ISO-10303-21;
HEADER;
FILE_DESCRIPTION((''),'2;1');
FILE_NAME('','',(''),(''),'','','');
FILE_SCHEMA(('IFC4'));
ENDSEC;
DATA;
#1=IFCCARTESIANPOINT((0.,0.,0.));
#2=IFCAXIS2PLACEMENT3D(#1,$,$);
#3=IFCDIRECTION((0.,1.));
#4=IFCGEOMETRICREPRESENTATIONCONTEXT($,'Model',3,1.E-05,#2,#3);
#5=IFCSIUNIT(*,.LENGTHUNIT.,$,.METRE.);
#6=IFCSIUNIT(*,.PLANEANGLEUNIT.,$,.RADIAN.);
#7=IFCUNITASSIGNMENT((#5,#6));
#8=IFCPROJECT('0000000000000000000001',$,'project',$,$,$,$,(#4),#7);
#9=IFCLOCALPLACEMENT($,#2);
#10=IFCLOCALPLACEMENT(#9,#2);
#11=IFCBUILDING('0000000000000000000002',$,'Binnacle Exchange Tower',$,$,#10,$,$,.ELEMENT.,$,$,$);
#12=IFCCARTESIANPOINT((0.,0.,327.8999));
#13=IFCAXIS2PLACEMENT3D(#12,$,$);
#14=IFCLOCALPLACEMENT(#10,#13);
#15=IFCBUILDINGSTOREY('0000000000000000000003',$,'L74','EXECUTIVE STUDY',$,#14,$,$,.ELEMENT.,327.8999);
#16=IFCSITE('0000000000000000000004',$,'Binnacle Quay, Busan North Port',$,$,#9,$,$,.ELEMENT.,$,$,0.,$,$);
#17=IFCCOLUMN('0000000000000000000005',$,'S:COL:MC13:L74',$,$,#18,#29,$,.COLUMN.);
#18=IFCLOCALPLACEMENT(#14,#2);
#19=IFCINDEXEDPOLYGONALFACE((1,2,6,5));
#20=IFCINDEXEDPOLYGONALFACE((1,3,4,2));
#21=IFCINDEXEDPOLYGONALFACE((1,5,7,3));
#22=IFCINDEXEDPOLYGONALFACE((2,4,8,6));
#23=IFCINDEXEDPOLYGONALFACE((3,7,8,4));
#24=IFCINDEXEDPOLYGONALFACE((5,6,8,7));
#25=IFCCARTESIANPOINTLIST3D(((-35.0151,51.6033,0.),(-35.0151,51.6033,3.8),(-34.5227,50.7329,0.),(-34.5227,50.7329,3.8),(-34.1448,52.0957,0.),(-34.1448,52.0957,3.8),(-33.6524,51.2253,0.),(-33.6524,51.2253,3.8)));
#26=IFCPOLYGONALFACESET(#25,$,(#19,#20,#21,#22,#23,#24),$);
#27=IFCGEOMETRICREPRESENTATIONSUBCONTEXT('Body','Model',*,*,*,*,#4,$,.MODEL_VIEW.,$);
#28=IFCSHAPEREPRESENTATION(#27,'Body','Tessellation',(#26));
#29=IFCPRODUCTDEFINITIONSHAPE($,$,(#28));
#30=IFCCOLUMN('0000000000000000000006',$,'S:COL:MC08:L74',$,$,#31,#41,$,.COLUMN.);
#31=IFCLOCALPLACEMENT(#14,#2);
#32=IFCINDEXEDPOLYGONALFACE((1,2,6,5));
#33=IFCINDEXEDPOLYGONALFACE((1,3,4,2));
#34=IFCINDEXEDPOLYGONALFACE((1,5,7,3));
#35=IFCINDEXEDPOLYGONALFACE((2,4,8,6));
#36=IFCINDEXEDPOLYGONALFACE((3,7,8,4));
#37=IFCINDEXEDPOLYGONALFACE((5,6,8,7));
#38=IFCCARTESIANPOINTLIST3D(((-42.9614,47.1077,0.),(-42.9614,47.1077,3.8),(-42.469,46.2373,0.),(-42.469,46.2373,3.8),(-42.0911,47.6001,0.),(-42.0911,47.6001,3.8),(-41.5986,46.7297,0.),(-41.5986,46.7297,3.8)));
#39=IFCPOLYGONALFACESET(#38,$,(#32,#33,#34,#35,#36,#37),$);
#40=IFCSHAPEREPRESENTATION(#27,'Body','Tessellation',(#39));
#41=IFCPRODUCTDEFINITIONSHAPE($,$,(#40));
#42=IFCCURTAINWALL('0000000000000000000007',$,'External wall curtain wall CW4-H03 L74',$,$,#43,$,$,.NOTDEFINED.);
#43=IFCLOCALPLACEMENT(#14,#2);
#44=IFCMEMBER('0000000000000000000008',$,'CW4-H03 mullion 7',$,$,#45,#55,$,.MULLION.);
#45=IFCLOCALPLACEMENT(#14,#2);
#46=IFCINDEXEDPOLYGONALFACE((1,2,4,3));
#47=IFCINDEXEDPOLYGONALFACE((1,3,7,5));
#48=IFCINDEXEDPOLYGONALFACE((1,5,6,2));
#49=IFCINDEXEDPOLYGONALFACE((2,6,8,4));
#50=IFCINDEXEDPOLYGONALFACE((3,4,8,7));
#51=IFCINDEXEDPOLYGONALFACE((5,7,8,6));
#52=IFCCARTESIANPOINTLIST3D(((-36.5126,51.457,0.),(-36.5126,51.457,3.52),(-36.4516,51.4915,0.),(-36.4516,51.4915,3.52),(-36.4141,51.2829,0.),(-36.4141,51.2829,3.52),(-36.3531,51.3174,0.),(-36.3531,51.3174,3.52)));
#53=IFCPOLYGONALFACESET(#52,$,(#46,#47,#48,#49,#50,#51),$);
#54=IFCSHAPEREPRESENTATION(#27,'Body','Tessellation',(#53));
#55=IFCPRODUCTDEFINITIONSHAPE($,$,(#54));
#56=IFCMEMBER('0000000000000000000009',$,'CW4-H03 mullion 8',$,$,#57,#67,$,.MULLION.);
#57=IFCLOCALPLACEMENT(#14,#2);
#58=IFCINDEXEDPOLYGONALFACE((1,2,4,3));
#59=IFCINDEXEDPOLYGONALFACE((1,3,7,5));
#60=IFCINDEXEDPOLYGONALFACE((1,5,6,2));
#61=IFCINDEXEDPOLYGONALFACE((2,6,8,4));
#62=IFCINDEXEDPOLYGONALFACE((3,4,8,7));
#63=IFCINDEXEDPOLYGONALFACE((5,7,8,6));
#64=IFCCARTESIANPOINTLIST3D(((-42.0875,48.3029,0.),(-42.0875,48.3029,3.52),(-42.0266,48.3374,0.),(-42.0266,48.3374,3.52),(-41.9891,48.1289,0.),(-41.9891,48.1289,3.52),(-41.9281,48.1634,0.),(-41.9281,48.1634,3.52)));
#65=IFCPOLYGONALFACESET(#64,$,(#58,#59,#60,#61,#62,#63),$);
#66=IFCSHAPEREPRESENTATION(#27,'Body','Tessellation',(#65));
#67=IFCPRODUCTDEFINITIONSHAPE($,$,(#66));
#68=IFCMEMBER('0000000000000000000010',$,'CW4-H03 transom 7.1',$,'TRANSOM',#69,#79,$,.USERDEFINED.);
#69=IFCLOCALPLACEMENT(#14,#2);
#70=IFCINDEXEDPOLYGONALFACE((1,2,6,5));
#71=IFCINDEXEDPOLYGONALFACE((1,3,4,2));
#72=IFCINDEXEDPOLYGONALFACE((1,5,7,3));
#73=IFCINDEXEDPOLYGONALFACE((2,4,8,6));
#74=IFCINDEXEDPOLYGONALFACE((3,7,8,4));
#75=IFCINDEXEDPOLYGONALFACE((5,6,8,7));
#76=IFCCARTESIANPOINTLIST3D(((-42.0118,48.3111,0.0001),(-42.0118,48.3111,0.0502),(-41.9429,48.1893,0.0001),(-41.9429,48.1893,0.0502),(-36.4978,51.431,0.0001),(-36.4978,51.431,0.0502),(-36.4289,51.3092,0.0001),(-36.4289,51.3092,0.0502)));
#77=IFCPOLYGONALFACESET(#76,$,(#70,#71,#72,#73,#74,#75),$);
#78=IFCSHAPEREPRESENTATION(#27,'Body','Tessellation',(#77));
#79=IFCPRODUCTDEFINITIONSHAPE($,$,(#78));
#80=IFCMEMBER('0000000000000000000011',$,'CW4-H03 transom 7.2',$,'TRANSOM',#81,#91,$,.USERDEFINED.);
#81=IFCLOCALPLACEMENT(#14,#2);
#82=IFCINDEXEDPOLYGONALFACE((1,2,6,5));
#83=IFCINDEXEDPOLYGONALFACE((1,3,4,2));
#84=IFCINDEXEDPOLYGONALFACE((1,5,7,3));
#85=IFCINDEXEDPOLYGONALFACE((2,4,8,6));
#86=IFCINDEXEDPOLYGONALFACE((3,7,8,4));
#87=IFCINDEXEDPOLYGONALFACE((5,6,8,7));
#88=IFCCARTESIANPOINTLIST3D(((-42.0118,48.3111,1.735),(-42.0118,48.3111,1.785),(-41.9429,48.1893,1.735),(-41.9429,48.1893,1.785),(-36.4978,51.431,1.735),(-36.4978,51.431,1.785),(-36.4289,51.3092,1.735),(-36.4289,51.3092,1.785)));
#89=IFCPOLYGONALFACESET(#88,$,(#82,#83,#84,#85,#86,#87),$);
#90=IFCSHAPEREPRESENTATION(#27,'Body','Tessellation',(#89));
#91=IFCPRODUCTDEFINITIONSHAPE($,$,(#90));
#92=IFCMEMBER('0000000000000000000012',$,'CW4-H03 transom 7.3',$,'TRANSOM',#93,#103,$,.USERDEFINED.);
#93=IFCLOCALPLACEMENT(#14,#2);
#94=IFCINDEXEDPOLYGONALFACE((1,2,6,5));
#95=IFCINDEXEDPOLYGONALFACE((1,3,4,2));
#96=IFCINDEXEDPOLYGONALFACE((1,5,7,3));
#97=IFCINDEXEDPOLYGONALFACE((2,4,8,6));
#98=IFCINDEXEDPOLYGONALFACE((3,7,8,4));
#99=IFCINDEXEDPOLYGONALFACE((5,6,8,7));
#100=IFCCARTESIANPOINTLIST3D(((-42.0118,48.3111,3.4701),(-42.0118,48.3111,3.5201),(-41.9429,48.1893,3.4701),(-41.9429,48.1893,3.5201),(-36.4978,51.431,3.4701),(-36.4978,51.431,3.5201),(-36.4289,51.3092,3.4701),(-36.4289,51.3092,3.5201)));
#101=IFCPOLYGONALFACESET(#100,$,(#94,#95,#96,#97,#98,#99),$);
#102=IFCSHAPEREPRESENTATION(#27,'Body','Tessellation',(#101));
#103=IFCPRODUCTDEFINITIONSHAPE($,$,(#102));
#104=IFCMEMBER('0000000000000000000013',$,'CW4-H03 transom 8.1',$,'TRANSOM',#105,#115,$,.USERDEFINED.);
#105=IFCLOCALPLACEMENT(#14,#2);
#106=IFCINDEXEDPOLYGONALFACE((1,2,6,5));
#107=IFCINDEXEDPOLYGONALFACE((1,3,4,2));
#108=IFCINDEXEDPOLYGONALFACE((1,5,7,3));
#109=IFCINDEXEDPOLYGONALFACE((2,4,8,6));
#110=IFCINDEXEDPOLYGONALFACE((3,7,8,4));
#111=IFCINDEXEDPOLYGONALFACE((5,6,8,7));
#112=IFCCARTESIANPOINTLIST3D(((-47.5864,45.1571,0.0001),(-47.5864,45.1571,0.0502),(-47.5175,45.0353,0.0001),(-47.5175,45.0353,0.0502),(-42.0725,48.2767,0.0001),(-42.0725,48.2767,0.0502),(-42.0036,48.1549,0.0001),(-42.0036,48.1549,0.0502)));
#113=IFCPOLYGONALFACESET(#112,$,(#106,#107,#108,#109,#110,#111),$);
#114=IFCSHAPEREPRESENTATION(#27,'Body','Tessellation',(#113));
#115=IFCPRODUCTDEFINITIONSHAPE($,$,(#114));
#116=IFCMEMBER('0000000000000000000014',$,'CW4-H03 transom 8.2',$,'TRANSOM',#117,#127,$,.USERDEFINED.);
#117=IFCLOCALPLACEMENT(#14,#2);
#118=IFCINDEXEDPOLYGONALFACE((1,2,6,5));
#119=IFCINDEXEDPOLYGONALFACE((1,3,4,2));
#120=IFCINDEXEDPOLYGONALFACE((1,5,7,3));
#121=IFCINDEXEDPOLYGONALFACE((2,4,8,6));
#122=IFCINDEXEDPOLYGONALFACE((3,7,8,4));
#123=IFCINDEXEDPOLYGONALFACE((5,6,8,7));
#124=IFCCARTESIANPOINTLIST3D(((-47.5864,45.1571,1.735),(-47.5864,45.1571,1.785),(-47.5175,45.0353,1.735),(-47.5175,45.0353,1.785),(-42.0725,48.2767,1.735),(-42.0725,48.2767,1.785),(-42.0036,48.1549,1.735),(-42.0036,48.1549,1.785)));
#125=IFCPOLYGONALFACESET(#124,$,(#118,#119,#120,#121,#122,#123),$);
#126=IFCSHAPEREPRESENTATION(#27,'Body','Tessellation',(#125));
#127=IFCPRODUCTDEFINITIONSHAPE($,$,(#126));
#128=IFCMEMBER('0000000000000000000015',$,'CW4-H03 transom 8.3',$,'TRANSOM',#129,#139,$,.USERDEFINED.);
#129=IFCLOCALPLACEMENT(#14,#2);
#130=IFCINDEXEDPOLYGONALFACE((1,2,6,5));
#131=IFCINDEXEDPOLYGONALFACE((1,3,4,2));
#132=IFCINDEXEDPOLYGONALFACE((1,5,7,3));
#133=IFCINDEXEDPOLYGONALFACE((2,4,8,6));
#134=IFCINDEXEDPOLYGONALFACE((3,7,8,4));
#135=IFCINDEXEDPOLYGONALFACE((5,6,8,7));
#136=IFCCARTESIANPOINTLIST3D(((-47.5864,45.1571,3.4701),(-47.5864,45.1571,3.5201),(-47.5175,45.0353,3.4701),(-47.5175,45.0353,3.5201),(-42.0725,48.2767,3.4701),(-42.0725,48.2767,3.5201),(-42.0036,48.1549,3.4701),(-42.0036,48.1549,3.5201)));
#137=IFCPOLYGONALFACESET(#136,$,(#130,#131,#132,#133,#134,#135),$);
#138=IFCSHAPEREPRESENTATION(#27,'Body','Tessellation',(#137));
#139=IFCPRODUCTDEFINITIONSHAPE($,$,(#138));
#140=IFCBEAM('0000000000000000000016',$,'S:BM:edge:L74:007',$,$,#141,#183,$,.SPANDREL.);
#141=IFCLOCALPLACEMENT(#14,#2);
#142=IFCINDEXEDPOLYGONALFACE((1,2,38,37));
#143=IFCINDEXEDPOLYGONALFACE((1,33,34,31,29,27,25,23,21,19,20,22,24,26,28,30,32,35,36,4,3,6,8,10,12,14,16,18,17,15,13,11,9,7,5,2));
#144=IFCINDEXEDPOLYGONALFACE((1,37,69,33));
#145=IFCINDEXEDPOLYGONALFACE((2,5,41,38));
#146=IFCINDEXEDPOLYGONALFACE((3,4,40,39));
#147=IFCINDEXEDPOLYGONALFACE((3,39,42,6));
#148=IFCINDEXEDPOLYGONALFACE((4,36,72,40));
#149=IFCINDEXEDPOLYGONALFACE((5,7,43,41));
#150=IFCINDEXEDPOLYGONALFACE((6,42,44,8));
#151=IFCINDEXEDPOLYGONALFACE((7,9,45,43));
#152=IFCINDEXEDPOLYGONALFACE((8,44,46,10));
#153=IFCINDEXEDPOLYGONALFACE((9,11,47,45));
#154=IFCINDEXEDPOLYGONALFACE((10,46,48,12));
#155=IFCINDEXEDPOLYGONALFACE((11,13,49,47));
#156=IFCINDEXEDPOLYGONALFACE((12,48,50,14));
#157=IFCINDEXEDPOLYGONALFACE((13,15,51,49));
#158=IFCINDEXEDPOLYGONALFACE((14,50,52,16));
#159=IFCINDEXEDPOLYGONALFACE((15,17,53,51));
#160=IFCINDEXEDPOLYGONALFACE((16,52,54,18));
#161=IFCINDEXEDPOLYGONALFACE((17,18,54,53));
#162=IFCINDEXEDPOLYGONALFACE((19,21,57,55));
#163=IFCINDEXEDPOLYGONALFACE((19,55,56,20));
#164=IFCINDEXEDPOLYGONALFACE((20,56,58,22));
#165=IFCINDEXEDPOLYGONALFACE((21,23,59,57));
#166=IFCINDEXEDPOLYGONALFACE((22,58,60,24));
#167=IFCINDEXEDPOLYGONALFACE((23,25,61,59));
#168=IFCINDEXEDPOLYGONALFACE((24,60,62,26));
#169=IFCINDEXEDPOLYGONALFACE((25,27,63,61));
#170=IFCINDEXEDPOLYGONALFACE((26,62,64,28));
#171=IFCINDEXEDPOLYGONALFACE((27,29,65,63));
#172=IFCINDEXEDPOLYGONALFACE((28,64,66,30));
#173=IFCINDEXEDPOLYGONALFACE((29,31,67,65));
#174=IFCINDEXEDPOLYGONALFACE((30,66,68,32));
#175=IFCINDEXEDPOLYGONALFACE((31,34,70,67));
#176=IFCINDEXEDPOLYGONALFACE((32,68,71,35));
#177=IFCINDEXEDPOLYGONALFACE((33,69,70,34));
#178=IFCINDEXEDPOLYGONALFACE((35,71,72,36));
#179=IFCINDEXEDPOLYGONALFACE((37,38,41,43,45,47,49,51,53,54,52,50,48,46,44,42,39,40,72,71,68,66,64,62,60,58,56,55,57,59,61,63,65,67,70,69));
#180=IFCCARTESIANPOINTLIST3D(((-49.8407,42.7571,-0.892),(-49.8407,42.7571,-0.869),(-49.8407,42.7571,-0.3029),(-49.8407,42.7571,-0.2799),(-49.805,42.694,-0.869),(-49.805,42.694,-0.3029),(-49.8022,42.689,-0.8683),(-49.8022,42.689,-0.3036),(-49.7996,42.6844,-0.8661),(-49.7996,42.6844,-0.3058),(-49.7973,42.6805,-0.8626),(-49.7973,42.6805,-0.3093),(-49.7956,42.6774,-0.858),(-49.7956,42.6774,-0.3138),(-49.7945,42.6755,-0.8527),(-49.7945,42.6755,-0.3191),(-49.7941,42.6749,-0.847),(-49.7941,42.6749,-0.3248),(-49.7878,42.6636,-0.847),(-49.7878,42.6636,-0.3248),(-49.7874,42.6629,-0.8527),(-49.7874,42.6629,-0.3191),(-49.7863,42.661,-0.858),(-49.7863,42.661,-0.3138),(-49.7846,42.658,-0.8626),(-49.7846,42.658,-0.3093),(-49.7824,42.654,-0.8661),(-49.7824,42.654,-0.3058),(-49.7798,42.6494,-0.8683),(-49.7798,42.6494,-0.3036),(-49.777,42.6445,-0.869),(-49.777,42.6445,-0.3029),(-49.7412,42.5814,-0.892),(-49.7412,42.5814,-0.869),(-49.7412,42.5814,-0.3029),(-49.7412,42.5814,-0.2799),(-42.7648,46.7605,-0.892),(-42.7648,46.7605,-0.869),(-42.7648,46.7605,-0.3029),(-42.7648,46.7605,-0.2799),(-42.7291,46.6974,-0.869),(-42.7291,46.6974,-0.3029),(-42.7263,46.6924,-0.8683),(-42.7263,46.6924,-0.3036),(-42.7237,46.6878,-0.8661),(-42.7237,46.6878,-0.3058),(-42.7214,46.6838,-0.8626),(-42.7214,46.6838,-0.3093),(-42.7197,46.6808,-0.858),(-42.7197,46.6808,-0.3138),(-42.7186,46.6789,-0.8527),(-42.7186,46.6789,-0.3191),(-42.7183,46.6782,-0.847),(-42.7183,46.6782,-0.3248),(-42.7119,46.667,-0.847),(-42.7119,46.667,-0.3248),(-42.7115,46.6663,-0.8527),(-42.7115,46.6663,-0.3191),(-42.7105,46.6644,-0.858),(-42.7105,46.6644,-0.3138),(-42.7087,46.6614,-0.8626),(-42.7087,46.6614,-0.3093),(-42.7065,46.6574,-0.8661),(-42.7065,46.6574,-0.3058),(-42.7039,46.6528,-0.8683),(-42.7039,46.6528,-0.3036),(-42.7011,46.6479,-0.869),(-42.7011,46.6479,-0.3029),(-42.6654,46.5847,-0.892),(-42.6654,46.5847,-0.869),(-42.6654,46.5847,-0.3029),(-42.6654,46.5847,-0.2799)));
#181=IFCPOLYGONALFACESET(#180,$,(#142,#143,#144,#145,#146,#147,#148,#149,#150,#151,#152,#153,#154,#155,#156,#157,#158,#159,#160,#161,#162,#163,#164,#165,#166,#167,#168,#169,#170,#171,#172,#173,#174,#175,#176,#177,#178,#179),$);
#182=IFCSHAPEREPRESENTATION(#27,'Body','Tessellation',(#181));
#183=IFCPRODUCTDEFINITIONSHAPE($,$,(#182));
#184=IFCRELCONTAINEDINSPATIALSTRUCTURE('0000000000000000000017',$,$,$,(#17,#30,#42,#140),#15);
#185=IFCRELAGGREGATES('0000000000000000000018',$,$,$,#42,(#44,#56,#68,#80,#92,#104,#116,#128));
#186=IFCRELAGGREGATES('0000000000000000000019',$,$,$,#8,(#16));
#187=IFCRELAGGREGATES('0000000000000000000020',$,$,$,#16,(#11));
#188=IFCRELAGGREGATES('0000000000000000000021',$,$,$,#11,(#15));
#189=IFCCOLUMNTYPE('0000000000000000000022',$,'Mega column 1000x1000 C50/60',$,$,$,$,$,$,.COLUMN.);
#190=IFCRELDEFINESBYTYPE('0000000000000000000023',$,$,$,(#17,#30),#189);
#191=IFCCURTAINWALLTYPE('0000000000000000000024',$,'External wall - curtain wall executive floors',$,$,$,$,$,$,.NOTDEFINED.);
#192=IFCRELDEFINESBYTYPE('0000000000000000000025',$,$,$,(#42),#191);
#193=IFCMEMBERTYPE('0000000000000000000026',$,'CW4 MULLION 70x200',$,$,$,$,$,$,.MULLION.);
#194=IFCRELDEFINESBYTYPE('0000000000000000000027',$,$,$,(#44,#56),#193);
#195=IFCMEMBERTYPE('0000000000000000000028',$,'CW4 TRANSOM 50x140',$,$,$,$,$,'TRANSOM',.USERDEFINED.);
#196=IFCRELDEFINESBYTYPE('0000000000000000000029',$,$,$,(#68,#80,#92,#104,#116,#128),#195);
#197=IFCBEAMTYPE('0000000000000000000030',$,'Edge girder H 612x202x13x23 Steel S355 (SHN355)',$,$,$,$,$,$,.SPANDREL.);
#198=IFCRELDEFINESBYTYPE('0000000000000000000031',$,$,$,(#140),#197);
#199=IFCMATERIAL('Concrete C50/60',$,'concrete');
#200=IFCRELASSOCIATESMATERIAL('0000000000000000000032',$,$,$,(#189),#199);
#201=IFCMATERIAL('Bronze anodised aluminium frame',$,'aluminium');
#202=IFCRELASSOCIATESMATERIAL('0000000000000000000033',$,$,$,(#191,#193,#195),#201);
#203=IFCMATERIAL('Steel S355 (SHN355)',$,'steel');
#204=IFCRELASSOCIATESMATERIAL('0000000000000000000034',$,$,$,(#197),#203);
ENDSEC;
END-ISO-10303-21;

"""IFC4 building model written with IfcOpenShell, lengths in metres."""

from ifc_helpers import new_model, si_unit, direction, frame, origin, origin_2d, place, context, subcontext, project, spatial, rectangle, i_section, extrude, material, material_profile, profile_set, type_object, element, aggregate, save


model = new_model("IFC4")

# Units and contexts
model_context = context("Model", 3, precision=1e-05, world=origin(), true_north=direction((0.0, 1.0)))
body_context = subcontext(model_context, "Body", "Model", "MODEL_VIEW")
ifc_project = project(units=[si_unit("LENGTHUNIT", "METRE"), si_unit("PLANEANGLEUNIT", "RADIAN")], contexts=[model_context])

# Site, building, storey
site_placement = place(None, origin())
site = spatial("IfcSite", under=ifc_project, at=site_placement, Name="Binnacle Quay, Busan North Port", CompositionType="ELEMENT", RefElevation=0.0)
building_placement = place(site_placement, origin())
building = spatial("IfcBuilding", under=site, at=building_placement, Name="Binnacle Exchange Tower", CompositionType="ELEMENT")
storey_placement = place(building_placement, frame((0.0, 0.0, 327.8999)))
storey = spatial("IfcBuildingStorey", under=building, at=storey_placement, Name="L74", Description="EXECUTIVE STUDY", CompositionType="ELEMENT", Elevation=327.8999)

# Columns
ifc_material_1 = material(Name="Concrete C50/60", Category="concrete")
ifc_material_profile_1 = material_profile(ifc_material_1, rectangle(XDim=1.0, YDim=1.0, at=origin_2d()), Name="Mega column 1000x1000 C50/60")
ifc_profile_set_1 = profile_set([ifc_material_profile_1], Name="Concrete C50/60")
column_type = type_object("IfcColumnType", Name="Mega column 1000x1000 C50/60", PredefinedType="COLUMN", material=ifc_profile_set_1)
for number, where, z_axis, x_axis, name in (
    (1, (-34.3337, 51.4143, 0.0), (0.0, 0.0, 1.0), (-0.870356, -0.492424, 0.0), "S:COL:MC13:L74"),
    (2, (-42.28, 46.9187, 0.0), (0.0, 0.0, 1.0), (-0.870356, -0.492424, 0.0), "S:COL:MC08:L74"),
):
    element("IfcColumn", number, at=place(storey_placement, frame(where, z_axis=z_axis, x_axis=x_axis)), inside=storey, type_object=column_type, Name=name, PredefinedType="COLUMN", context=body_context, shape_type="SweptSolid", body=[
        extrude(rectangle(XDim=1.0, YDim=1.0, at=origin_2d()), origin(), (0.0, 0.0, 1.0), 3.8),
    ])

# Curtain wall, members
ifc_material_2 = material(Name="Bronze anodised aluminium frame", Category="aluminium")
curtain_wall_type = type_object("IfcCurtainWallType", Name="External wall - curtain wall executive floors", PredefinedType="NOTDEFINED", material=ifc_material_2)
curtain_wall_placement = place(storey_placement, origin())
curtain_wall = element("IfcCurtainWall", 3, at=curtain_wall_placement, inside=storey, type_object=curtain_wall_type, Name="External wall curtain wall CW4-H03 L74", PredefinedType="NOTDEFINED")
ifc_material_profile_2 = material_profile(ifc_material_2, rectangle(XDim=0.2, YDim=0.0701, at=origin_2d()), Name="AL 70x200")
ifc_profile_set_2 = profile_set([ifc_material_profile_2], Name="Bronze anodised aluminium frame")
member_type_1 = type_object("IfcMemberType", Name="CW4 MULLION 70x200", PredefinedType="MULLION", material=ifc_profile_set_2)
member_1_placement = place(storey_placement, frame((-36.4329, 51.3872, 0.0), z_axis=(0.0, 0.0, 1.0), x_axis=(0.492424, -0.870356, 0.0)))
member_1 = element("IfcMember", 4, at=member_1_placement, type_object=member_type_1, Name="CW4-H03 mullion 7", PredefinedType="MULLION", context=body_context, shape_type="SweptSolid", body=[
    extrude(rectangle(XDim=0.2, YDim=0.0701, at=origin_2d()), origin(), (0.0, 0.0, 1.0), 3.52),
])
member_2_placement = place(storey_placement, frame((-42.0078, 48.2332, 0.0), z_axis=(0.0, 0.0, 1.0), x_axis=(0.492424, -0.870356, 0.0)))
member_2 = element("IfcMember", 5, at=member_2_placement, type_object=member_type_1, Name="CW4-H03 mullion 8", PredefinedType="MULLION", context=body_context, shape_type="SweptSolid", body=[
    extrude(rectangle(XDim=0.2, YDim=0.0701, at=origin_2d()), origin(), (0.0, 0.0, 1.0), 3.52),
])
ifc_material_profile_3 = material_profile(ifc_material_2, rectangle(XDim=0.1399, YDim=0.05, at=origin_2d()), Name="AL 140x50")
ifc_profile_set_3 = profile_set([ifc_material_profile_3], Name="Bronze anodised aluminium frame")
member_type_2 = type_object("IfcMemberType", Name="CW4 TRANSOM 50x140", ElementType="TRANSOM", PredefinedType="USERDEFINED", material=ifc_profile_set_3)
member_3_placement = place(storey_placement, frame((-36.4634, 51.3701, 0.0251), z_axis=(-0.870339, -0.492453, 0.0), x_axis=(0.492453, -0.870339, 0.0)))
member_3 = element("IfcMember", 6, at=member_3_placement, type_object=member_type_2, Name="CW4-H03 transom 7.1", ObjectType="TRANSOM", PredefinedType="USERDEFINED", context=body_context, shape_type="SweptSolid", body=[
    extrude(rectangle(XDim=0.1399, YDim=0.05, at=origin_2d()), origin(), (0.0, 0.0, 1.0), 6.3354),
])
member_4_placement = place(storey_placement, frame((-36.4634, 51.3701, 1.76), z_axis=(-0.870339, -0.492453, 0.0), x_axis=(0.492453, -0.870339, 0.0)))
member_4 = element("IfcMember", 7, at=member_4_placement, type_object=member_type_2, Name="CW4-H03 transom 7.2", ObjectType="TRANSOM", PredefinedType="USERDEFINED", context=body_context, shape_type="SweptSolid", body=[
    extrude(rectangle(XDim=0.1399, YDim=0.05, at=origin_2d()), origin(), (0.0, 0.0, 1.0), 6.3354),
])
member_5_placement = place(storey_placement, frame((-36.4634, 51.3701, 3.4951), z_axis=(-0.870339, -0.492453, 0.0), x_axis=(0.492453, -0.870339, 0.0)))
member_5 = element("IfcMember", 8, at=member_5_placement, type_object=member_type_2, Name="CW4-H03 transom 7.3", ObjectType="TRANSOM", PredefinedType="USERDEFINED", context=body_context, shape_type="SweptSolid", body=[
    extrude(rectangle(XDim=0.1399, YDim=0.05, at=origin_2d()), origin(), (0.0, 0.0, 1.0), 6.3354),
])
member_6_placement = place(storey_placement, frame((-42.0381, 48.2158, 0.0251), z_axis=(-0.870355, -0.492424, 0.0), x_axis=(0.492424, -0.870355, 0.0)))
member_6 = element("IfcMember", 9, at=member_6_placement, type_object=member_type_2, Name="CW4-H03 transom 8.1", ObjectType="TRANSOM", PredefinedType="USERDEFINED", context=body_context, shape_type="SweptSolid", body=[
    extrude(rectangle(XDim=0.1399, YDim=0.05, at=origin_2d()), origin(), (0.0, 0.0, 1.0), 6.3352),
])
member_7_placement = place(storey_placement, frame((-42.0381, 48.2158, 1.76), z_axis=(-0.870355, -0.492424, 0.0), x_axis=(0.492424, -0.870355, 0.0)))
member_7 = element("IfcMember", 10, at=member_7_placement, type_object=member_type_2, Name="CW4-H03 transom 8.2", ObjectType="TRANSOM", PredefinedType="USERDEFINED", context=body_context, shape_type="SweptSolid", body=[
    extrude(rectangle(XDim=0.1399, YDim=0.05, at=origin_2d()), origin(), (0.0, 0.0, 1.0), 6.3352),
])
member_8_placement = place(storey_placement, frame((-42.0381, 48.2158, 3.4951), z_axis=(-0.870355, -0.492424, 0.0), x_axis=(0.492424, -0.870355, 0.0)))
member_8 = element("IfcMember", 11, at=member_8_placement, type_object=member_type_2, Name="CW4-H03 transom 8.3", ObjectType="TRANSOM", PredefinedType="USERDEFINED", context=body_context, shape_type="SweptSolid", body=[
    extrude(rectangle(XDim=0.1399, YDim=0.05, at=origin_2d()), origin(), (0.0, 0.0, 1.0), 6.3352),
])

# Beam
ifc_material_3 = material(Name="Steel S355 (SHN355)", Category="steel")
ifc_material_profile_4 = material_profile(ifc_material_3, i_section(OverallWidth=0.2019, OverallDepth=0.6121, WebThickness=0.0129, FlangeThickness=0.0229, FilletRadius=0.022, at=origin_2d()), Name="H 612x202x13x23")
ifc_profile_set_4 = profile_set([ifc_material_profile_4], Name="Steel S355 (SHN355)")
beam_type_1 = type_object("IfcBeamType", Name="Edge girder H 612x202x13x23 Steel S355 (SHN355)", PredefinedType="SPANDREL", material=ifc_profile_set_4)
beam_1_placement = place(storey_placement, frame((-42.7151, 46.6726, -0.5859), z_axis=(-0.870353, -0.492428, 0.0), x_axis=(0.492428, -0.870353, 0.0)))
element("IfcBeam", 12, at=beam_1_placement, inside=storey, type_object=beam_type_1, Name="S:BM:edge:L74:007", PredefinedType="SPANDREL", context=body_context, shape_type="SweptSolid", body=[
    extrude(i_section(OverallWidth=0.2019, OverallDepth=0.6121, WebThickness=0.0129, FlangeThickness=0.0229, FilletRadius=0.022, at=origin_2d()), origin(), (0.0, 0.0, 1.0), 8.1299),
])

aggregate(curtain_wall, [member_1, member_2, member_3, member_4, member_5, member_6, member_7, member_8])

save(model, "model.ifc")
